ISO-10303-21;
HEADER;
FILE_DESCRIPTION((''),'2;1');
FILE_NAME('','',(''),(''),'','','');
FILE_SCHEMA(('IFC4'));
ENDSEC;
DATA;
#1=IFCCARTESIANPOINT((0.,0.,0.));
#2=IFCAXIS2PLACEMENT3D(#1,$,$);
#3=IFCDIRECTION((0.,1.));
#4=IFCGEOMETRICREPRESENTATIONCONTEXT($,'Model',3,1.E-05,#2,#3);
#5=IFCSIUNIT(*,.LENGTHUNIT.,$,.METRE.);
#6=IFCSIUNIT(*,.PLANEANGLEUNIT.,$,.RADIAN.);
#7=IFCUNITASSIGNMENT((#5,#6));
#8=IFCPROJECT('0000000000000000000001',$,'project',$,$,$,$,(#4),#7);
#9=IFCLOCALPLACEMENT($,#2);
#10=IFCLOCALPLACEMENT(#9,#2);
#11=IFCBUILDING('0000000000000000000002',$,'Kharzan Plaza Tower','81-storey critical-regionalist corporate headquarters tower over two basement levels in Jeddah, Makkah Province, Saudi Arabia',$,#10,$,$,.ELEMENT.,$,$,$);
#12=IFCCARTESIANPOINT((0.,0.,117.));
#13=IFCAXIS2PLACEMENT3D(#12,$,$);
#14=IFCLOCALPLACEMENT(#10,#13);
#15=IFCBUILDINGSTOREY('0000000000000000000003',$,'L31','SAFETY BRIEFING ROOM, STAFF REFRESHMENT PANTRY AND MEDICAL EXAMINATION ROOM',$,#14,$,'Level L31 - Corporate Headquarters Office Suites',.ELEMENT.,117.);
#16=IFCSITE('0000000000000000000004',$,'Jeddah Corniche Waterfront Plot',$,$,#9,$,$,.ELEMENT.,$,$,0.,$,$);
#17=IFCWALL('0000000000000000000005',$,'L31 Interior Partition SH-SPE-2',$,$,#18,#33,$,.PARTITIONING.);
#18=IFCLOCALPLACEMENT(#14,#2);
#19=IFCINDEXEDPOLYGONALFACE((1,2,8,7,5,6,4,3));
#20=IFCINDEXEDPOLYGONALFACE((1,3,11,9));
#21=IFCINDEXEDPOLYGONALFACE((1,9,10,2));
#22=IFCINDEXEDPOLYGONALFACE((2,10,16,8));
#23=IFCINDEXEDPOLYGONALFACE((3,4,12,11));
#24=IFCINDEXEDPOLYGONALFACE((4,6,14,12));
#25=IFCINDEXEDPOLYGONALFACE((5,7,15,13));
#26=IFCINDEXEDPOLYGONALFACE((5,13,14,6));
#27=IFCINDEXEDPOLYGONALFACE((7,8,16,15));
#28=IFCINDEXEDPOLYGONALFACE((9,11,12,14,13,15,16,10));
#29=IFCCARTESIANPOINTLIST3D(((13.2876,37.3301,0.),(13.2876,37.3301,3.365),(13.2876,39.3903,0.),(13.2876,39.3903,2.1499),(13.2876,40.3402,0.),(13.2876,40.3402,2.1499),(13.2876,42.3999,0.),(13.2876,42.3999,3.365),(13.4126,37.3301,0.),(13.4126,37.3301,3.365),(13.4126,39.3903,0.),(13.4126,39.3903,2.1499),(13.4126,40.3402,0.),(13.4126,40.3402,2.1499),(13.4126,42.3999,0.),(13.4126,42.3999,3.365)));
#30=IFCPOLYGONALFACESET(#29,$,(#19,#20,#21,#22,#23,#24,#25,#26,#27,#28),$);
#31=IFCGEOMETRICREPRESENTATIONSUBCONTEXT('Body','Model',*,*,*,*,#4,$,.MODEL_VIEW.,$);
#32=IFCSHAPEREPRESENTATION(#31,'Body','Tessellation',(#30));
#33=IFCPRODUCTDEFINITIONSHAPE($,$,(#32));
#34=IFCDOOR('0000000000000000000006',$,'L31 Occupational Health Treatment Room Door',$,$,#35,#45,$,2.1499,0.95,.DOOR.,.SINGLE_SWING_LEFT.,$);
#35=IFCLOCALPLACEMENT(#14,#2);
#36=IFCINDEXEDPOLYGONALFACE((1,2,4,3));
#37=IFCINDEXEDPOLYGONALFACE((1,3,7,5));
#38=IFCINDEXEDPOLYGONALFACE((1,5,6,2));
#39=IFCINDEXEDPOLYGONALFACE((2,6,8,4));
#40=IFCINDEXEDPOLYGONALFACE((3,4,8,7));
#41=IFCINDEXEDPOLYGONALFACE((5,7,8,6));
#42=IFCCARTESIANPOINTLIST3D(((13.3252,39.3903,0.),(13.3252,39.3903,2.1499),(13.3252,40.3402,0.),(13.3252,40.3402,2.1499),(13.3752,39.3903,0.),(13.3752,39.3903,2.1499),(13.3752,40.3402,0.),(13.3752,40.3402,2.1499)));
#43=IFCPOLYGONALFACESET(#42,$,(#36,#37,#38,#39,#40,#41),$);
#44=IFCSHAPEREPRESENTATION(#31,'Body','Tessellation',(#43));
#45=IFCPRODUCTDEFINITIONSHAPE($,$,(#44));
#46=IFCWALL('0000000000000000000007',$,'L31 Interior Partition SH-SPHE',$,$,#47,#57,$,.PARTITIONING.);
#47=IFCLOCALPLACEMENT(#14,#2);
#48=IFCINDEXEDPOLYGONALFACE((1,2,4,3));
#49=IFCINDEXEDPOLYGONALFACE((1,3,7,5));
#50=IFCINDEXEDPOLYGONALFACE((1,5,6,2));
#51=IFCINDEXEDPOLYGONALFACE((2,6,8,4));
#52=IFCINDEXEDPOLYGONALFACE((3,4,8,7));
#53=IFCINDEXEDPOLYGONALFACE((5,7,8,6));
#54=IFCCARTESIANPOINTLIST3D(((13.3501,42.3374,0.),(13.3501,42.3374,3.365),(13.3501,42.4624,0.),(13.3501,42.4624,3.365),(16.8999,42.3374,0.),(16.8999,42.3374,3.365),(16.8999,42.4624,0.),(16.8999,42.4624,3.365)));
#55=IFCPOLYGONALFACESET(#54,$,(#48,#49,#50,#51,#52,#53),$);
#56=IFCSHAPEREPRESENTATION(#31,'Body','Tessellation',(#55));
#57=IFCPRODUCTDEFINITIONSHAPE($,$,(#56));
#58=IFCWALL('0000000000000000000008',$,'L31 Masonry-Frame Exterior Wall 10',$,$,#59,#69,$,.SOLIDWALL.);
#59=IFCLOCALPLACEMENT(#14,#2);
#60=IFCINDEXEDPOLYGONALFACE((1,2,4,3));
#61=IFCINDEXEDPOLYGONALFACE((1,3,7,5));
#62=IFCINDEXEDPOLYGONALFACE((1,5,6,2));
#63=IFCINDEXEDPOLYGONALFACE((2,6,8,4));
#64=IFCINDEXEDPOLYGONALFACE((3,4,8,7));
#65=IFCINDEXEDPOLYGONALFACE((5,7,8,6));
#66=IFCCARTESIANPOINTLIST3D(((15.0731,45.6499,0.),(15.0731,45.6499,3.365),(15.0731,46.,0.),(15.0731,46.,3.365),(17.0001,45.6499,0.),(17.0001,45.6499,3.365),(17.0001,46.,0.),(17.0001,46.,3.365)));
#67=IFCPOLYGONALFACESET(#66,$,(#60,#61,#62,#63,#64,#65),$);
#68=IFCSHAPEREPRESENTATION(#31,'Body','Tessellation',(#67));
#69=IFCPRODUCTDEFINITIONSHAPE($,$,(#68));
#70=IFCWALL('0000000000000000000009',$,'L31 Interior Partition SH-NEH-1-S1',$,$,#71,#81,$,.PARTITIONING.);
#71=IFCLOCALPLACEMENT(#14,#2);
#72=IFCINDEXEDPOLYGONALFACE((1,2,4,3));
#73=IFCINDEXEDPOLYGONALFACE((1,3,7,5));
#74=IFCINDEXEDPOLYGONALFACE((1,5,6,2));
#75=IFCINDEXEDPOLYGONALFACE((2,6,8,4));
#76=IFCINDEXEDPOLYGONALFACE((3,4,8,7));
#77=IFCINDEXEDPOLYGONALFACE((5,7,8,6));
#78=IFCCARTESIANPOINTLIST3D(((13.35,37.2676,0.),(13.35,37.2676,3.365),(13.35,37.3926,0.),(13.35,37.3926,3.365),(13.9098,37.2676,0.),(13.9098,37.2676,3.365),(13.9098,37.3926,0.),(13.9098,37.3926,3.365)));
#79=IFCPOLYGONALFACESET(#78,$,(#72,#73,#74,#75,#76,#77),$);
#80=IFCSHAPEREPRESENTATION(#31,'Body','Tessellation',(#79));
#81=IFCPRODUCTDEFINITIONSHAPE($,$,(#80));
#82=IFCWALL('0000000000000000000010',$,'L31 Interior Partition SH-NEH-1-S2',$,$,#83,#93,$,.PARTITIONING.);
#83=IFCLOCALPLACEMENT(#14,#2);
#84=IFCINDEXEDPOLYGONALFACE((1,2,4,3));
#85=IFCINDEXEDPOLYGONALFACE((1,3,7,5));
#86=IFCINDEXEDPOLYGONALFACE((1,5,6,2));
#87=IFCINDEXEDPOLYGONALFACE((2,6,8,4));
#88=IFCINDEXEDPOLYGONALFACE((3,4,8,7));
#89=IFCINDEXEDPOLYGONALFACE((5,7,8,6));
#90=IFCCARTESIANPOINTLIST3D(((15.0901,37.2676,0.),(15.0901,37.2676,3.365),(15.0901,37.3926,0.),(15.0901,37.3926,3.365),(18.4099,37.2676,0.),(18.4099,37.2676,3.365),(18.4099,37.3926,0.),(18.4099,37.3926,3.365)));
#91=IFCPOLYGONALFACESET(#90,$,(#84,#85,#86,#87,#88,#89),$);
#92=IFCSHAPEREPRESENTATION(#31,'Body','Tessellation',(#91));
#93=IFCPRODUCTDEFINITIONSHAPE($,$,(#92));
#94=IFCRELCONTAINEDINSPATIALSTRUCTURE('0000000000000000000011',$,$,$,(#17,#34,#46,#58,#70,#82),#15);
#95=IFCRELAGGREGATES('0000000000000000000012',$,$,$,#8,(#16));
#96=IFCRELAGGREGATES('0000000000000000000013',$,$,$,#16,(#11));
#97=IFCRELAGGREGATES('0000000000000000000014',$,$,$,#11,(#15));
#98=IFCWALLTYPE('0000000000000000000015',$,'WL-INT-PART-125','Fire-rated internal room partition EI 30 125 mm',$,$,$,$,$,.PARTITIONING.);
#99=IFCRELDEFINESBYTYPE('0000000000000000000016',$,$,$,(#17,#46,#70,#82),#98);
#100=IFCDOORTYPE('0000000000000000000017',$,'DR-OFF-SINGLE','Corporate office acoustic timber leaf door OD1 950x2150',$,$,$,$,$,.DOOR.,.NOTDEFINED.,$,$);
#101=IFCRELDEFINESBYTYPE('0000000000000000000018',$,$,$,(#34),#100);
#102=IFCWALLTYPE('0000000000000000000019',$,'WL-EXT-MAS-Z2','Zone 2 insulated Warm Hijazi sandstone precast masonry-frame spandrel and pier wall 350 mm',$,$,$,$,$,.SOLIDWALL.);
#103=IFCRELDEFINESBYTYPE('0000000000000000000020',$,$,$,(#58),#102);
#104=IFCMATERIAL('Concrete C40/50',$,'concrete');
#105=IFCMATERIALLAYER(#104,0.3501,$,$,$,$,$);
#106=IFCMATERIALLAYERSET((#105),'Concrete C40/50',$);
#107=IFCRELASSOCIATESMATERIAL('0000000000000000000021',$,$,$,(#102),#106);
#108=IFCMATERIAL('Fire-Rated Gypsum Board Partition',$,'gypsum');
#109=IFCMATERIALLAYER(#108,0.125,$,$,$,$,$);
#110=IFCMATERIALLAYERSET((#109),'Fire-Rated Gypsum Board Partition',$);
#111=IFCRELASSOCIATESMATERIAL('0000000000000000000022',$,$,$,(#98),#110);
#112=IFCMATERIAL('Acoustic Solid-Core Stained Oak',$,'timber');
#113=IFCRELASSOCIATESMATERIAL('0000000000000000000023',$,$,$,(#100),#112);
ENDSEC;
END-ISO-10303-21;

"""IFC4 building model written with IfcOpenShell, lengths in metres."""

from ifc_helpers import new_model, si_unit, direction, frame, frame_2d, origin, place, context, subcontext, project, spatial, rectangle, extrude, source, transform, mapped, material, layer, layer_set, type_object, element, fill, save


model = new_model("IFC4")

# Units and contexts
model_context = context("Model", 3, precision=1e-05, world=origin(), true_north=direction((0.0, 1.0)))
body_context = subcontext(model_context, "Body", "Model", "MODEL_VIEW")
ifc_project = project(units=[si_unit("LENGTHUNIT", "METRE"), si_unit("PLANEANGLEUNIT", "RADIAN")], contexts=[model_context])

# Site, building, storey
site_placement = place(None, origin())
site = spatial("IfcSite", under=ifc_project, at=site_placement, Name="Jeddah Corniche Waterfront Plot", CompositionType="ELEMENT", RefElevation=0.0)
building_placement = place(site_placement, origin())
building = spatial("IfcBuilding", under=site, at=building_placement, Name="Kharzan Plaza Tower", Description="81-storey critical-regionalist corporate headquarters tower over two basement levels in Jeddah, Makkah Province, Saudi Arabia", CompositionType="ELEMENT")
storey_placement = place(building_placement, frame((0.0, 0.0, 117.0)))
storey = spatial("IfcBuildingStorey", under=building, at=storey_placement, Name="L31", Description="SAFETY BRIEFING ROOM, STAFF REFRESHMENT PANTRY AND MEDICAL EXAMINATION ROOM", LongName="Level L31 - Corporate Headquarters Office Suites", CompositionType="ELEMENT", Elevation=117.0)

# Shared definitions
ifc_material_1 = material(Name="Concrete C40/50", Category="concrete")
ifc_layer_1 = layer(ifc_material_1, 0.3501)
ifc_layer_set_1 = layer_set([ifc_layer_1], Name="Concrete C40/50")
wall_type_1 = type_object("IfcWallType", Name="WL-EXT-MAS-Z2", Description="Zone 2 insulated Warm Hijazi sandstone precast masonry-frame spandrel and pier wall 350 mm", PredefinedType="SOLIDWALL", material=ifc_layer_set_1)

# Wall, opening, door
ifc_material_2 = material(Name="Fire-Rated Gypsum Board Partition", Category="gypsum")
ifc_layer_2 = layer(ifc_material_2, 0.125)
ifc_layer_set_2 = layer_set([ifc_layer_2], Name="Fire-Rated Gypsum Board Partition")
wall_type_2 = type_object("IfcWallType", Name="WL-INT-PART-125", Description="Fire-rated internal room partition EI 30 125 mm", PredefinedType="PARTITIONING", material=ifc_layer_set_2)
wall_1_placement = place(storey_placement, frame((13.3501, 37.3301, 0.0), z_axis=(0.0, 0.0, 1.0), x_axis=(0.0, 1.0, 0.0)))
wall_1 = element("IfcWall", 1, at=wall_1_placement, inside=storey, type_object=wall_type_2, Name="L31 Interior Partition SH-SPE-2", PredefinedType="PARTITIONING", context=body_context, shape_type="SweptSolid", body=[
    extrude(rectangle(XDim=5.0698, YDim=0.125, at=frame_2d((2.5349, 0.0))), origin(), (0.0, 0.0, 1.0), 3.365),
])
opening_1_placement = place(wall_1_placement, frame((2.0601, 0.0, 0.0)))
opening_1 = element("IfcOpeningElement", 2, at=opening_1_placement, cuts=wall_1, PredefinedType="OPENING", context=body_context, shape_type="SweptSolid", body=[
    extrude(rectangle(XDim=0.95, YDim=2.1499, at=frame_2d((0.4751, 1.075))), frame((0.0, 0.0725, 0.0), z_axis=(0.0, -1.0, 0.0), x_axis=(1.0, 0.0, 0.0)), (0.0, 0.0, 1.0), 0.145),
])
ifc_material_3 = material(Name="Acoustic Solid-Core Stained Oak", Category="timber")
door_type = type_object("IfcDoorType", Name="DR-OFF-SINGLE", Description="Corporate office acoustic timber leaf door OD1 950x2150", OperationType="NOTDEFINED", PredefinedType="DOOR", material=ifc_material_3)
shared_shape_1 = source(origin(), body_context, "Body", "SweptSolid", [
    extrude(rectangle(XDim=0.95, YDim=2.1499, at=frame_2d((0.4751, 1.075))), frame((0.0, 0.0249, 0.0), z_axis=(0.0, -1.0, 0.0), x_axis=(1.0, 0.0, 0.0)), (0.0, 0.0, 1.0), 0.05),
])
door_1_placement = place(opening_1_placement, origin())
door_1 = element("IfcDoor", 3, at=door_1_placement, inside=storey, type_object=door_type, Name="L31 Occupational Health Treatment Room Door", OperationType="SINGLE_SWING_LEFT", OverallHeight=2.1499, OverallWidth=0.95, PredefinedType="DOOR", context=body_context, shape_type="MappedRepresentation", body=[
    mapped(shared_shape_1, transform((0.0, 0.0, 0.0), x_axis=(1.0, 0.0, 0.0), y_axis=(0.0, 1.0, 0.0), z_axis=(0.0, 0.0, 1.0))),
])
fill(opening_1, door_1)

# Walls
shared_shape_2 = source(origin(), body_context, "Body", "SweptSolid", [
    extrude(rectangle(XDim=3.5498, YDim=0.125, at=frame_2d((1.7749, 0.0))), origin(), (0.0, 0.0, 1.0), 3.365),
])
wall_2_placement = place(storey_placement, frame((13.3501, 42.3999, 0.0), z_axis=(0.0, 0.0, 1.0), x_axis=(1.0, 0.0, 0.0)))
element("IfcWall", 4, at=wall_2_placement, inside=storey, type_object=wall_type_2, Name="L31 Interior Partition SH-SPHE", PredefinedType="PARTITIONING", context=body_context, shape_type="MappedRepresentation", body=[
    mapped(shared_shape_2, transform((0.0, 0.0, 0.0), x_axis=(1.0, 0.0, 0.0), y_axis=(0.0, 1.0, 0.0), z_axis=(0.0, 0.0, 1.0))),
])
shared_shape_3 = source(origin(), body_context, "Body", "SweptSolid", [
    extrude(rectangle(XDim=1.927, YDim=0.3501, at=frame_2d((0.9634, 0.0))), origin(), (0.0, 0.0, 1.0), 3.365),
])
wall_3_placement = place(storey_placement, frame((17.0, 45.825, 0.0), z_axis=(0.0, 0.0, 1.0), x_axis=(-1.0, 0.0, 0.0)))
element("IfcWall", 5, at=wall_3_placement, inside=storey, type_object=wall_type_1, Name="L31 Masonry-Frame Exterior Wall 10", PredefinedType="SOLIDWALL", context=body_context, shape_type="MappedRepresentation", body=[
    mapped(shared_shape_3, transform((0.0, 0.0, 0.0), x_axis=(1.0, 0.0, 0.0), y_axis=(0.0, 1.0, 0.0), z_axis=(0.0, 0.0, 1.0))),
])
shared_shape_4 = source(origin(), body_context, "Body", "SweptSolid", [
    extrude(rectangle(XDim=0.5598, YDim=0.125, at=frame_2d((0.2798, 0.0))), origin(), (0.0, 0.0, 1.0), 3.365),
])
wall_4_placement = place(storey_placement, frame((13.3501, 37.3301, 0.0), z_axis=(0.0, 0.0, 1.0), x_axis=(1.0, 0.0, 0.0)))
element("IfcWall", 6, at=wall_4_placement, inside=storey, type_object=wall_type_2, Name="L31 Interior Partition SH-NEH-1-S1", PredefinedType="PARTITIONING", context=body_context, shape_type="MappedRepresentation", body=[
    mapped(shared_shape_4, transform((0.0, 0.0, 0.0), x_axis=(1.0, 0.0, 0.0), y_axis=(0.0, 1.0, 0.0), z_axis=(0.0, 0.0, 1.0))),
])
shared_shape_5 = source(origin(), body_context, "Body", "SweptSolid", [
    extrude(rectangle(XDim=3.3198, YDim=0.125, at=frame_2d((1.6599, 0.0))), origin(), (0.0, 0.0, 1.0), 3.365),
])
wall_5_placement = place(storey_placement, frame((15.0901, 37.3301, 0.0), z_axis=(0.0, 0.0, 1.0), x_axis=(1.0, 0.0, 0.0)))
element("IfcWall", 7, at=wall_5_placement, inside=storey, type_object=wall_type_2, Name="L31 Interior Partition SH-NEH-1-S2", PredefinedType="PARTITIONING", context=body_context, shape_type="MappedRepresentation", body=[
    mapped(shared_shape_5, transform((0.0, 0.0, 0.0), x_axis=(1.0, 0.0, 0.0), y_axis=(0.0, 1.0, 0.0), z_axis=(0.0, 0.0, 1.0))),
])

save(model, "model.ifc")
